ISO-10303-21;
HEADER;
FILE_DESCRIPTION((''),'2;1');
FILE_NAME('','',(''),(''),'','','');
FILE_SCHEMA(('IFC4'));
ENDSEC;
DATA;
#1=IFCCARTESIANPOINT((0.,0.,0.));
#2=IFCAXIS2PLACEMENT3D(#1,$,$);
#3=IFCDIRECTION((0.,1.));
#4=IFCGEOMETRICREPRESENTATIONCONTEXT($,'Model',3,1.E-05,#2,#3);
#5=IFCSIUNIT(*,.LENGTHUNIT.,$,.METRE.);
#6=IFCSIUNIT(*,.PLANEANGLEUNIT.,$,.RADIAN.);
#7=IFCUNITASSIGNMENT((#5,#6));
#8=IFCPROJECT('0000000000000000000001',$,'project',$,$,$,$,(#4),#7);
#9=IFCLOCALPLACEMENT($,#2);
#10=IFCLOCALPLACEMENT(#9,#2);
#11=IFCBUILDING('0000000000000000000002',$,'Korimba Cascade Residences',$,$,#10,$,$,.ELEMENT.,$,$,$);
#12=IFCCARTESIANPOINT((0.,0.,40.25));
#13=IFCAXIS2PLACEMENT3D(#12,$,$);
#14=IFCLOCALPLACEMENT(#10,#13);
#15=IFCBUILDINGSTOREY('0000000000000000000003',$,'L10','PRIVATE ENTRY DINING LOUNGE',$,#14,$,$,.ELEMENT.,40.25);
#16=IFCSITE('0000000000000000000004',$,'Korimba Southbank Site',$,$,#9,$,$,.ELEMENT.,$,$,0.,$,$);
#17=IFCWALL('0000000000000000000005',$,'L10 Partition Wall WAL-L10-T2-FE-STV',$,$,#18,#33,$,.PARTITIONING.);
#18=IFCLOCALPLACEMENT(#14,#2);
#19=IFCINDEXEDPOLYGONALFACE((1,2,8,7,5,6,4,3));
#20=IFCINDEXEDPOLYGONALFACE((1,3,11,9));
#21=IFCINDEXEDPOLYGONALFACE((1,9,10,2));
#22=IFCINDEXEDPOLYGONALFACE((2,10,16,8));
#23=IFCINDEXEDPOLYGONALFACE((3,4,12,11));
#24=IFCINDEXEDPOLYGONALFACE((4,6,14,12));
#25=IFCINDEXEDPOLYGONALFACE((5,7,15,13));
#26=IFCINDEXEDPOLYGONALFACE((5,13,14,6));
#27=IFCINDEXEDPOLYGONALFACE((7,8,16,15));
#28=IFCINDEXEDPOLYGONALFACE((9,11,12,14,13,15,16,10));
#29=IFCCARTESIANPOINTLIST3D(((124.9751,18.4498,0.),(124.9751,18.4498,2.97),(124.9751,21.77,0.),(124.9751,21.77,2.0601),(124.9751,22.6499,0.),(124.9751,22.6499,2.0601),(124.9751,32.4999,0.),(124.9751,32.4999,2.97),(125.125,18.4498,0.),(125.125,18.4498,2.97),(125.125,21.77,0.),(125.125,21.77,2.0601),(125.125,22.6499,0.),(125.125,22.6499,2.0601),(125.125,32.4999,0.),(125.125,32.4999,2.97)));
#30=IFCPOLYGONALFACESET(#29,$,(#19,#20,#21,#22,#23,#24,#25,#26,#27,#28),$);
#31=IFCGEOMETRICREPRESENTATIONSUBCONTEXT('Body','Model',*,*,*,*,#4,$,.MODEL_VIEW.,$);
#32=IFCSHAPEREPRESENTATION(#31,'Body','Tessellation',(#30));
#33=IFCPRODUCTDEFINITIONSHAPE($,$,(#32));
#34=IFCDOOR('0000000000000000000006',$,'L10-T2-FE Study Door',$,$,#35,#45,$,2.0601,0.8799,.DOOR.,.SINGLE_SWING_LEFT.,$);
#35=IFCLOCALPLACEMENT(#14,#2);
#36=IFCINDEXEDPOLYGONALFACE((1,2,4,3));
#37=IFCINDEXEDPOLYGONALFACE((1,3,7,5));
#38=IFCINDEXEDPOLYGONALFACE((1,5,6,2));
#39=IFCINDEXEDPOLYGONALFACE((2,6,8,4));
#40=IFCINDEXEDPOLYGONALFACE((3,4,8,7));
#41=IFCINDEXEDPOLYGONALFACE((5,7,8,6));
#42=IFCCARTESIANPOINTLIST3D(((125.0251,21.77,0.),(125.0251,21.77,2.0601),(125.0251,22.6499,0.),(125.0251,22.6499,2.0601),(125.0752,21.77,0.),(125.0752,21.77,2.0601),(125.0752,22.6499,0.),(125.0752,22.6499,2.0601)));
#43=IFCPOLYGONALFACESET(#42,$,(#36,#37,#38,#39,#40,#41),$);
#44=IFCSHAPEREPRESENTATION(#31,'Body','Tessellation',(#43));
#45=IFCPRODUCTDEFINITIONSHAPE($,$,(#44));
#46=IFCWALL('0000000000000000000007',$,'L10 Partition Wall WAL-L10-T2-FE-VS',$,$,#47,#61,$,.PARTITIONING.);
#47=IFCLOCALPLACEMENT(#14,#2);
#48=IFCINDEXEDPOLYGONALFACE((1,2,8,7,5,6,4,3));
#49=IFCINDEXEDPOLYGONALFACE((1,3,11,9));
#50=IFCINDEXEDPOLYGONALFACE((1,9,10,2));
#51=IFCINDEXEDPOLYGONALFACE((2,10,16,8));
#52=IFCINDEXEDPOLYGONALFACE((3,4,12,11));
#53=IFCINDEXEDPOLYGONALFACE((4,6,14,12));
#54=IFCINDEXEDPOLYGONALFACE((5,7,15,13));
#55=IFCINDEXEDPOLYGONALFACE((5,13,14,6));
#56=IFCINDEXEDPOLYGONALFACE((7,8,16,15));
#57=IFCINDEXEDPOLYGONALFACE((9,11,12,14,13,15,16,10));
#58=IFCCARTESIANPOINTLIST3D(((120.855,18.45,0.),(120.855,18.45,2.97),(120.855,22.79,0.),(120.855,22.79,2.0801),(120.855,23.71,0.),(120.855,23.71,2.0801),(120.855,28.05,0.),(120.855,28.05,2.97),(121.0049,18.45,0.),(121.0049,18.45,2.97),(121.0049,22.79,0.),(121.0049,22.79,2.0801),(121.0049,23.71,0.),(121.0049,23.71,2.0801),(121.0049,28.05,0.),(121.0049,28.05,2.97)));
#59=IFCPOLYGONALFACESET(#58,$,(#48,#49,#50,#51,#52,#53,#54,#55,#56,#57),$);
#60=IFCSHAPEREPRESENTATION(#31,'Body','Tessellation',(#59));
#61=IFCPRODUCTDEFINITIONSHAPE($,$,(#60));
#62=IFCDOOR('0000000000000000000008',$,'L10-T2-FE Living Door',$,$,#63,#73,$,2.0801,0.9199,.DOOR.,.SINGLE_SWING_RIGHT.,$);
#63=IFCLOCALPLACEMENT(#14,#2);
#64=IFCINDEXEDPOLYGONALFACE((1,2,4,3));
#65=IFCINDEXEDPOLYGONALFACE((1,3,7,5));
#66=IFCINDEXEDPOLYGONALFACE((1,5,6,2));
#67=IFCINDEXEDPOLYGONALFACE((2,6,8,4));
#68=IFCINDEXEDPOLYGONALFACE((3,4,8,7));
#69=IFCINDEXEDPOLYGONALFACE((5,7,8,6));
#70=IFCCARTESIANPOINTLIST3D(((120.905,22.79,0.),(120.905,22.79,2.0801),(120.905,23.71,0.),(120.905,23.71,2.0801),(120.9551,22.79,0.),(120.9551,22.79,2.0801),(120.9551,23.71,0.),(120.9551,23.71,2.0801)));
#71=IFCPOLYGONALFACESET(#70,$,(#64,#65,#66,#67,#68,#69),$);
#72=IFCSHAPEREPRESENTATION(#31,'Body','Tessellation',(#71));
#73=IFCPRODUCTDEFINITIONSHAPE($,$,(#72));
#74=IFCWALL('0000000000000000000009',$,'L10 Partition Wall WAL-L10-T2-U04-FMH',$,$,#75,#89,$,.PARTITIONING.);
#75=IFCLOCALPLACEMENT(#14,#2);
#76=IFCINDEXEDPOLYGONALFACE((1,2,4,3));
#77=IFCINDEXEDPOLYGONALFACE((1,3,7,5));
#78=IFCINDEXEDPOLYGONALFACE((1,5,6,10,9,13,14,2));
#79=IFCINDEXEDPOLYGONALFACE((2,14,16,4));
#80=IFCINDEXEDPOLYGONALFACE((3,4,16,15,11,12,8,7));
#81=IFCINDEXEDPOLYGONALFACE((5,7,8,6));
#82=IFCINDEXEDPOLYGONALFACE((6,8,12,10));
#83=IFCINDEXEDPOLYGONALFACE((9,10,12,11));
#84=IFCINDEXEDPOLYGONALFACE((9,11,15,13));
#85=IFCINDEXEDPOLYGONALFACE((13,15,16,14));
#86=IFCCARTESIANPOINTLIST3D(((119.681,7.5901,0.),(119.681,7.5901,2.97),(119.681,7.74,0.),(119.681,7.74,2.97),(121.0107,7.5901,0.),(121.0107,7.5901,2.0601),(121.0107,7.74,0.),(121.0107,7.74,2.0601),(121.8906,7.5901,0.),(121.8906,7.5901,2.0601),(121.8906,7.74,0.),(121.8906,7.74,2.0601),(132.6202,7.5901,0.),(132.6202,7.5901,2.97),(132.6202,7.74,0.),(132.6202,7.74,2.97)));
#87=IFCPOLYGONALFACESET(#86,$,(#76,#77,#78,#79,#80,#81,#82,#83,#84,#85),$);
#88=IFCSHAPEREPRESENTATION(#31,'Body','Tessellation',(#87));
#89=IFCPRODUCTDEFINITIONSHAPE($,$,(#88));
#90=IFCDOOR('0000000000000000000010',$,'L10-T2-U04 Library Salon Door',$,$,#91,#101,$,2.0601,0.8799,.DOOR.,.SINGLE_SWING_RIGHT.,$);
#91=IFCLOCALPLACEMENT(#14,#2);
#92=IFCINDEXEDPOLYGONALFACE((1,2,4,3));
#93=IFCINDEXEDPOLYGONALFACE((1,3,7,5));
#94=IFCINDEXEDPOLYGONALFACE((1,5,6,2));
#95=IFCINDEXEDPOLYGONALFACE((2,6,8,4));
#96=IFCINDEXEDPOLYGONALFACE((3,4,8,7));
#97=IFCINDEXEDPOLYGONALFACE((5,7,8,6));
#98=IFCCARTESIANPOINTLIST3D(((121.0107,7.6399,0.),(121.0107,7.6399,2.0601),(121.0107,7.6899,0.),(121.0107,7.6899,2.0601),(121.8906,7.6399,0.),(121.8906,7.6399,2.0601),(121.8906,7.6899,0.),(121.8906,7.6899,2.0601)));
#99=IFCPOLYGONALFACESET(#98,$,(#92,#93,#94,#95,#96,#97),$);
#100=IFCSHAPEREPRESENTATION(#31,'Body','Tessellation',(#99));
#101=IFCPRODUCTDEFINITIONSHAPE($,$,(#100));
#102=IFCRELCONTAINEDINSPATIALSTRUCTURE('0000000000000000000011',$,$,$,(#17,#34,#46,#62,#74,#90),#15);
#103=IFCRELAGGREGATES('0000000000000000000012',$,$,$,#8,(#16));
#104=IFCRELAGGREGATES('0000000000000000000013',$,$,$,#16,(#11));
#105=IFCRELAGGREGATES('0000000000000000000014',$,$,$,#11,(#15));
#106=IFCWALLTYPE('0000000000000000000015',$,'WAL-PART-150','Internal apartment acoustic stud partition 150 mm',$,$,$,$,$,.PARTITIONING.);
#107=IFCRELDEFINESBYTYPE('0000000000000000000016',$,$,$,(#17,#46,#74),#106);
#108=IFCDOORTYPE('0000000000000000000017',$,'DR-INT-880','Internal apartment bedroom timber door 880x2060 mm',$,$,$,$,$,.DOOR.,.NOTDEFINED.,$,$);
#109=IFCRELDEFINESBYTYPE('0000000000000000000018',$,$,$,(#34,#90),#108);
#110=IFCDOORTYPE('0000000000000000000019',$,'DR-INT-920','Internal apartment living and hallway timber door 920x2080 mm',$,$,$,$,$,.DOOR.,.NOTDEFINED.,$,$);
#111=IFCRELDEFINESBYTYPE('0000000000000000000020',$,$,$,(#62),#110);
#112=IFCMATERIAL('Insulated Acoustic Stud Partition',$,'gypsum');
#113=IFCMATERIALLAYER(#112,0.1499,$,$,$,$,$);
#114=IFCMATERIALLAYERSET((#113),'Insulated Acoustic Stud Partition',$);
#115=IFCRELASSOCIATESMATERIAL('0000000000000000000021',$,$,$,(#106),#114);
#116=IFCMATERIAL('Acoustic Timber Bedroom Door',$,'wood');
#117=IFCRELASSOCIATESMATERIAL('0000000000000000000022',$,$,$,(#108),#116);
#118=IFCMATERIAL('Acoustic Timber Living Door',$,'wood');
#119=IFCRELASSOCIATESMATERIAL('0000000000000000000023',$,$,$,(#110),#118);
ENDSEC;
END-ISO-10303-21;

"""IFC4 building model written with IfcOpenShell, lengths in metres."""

from ifc_helpers import new_model, si_unit, direction, frame, frame_2d, origin, place, context, subcontext, project, spatial, rectangle, extrude, material, layer, layer_set, type_object, element, fill, save


model = new_model("IFC4")

# Units and contexts
model_context = context("Model", 3, precision=1e-05, world=origin(), true_north=direction((0.0, 1.0)))
body_context = subcontext(model_context, "Body", "Model", "MODEL_VIEW")
ifc_project = project(units=[si_unit("LENGTHUNIT", "METRE"), si_unit("PLANEANGLEUNIT", "RADIAN")], contexts=[model_context])

# Site, building, storey
site_placement = place(None, origin())
site = spatial("IfcSite", under=ifc_project, at=site_placement, Name="Korimba Southbank Site", CompositionType="ELEMENT", RefElevation=0.0)
building_placement = place(site_placement, origin())
building = spatial("IfcBuilding", under=site, at=building_placement, Name="Korimba Cascade Residences", CompositionType="ELEMENT")
storey_placement = place(building_placement, frame((0.0, 0.0, 40.25)))
storey = spatial("IfcBuildingStorey", under=building, at=storey_placement, Name="L10", Description="PRIVATE ENTRY DINING LOUNGE", CompositionType="ELEMENT", Elevation=40.25)

# Walls, openings, doors
ifc_material_1 = material(Name="Insulated Acoustic Stud Partition", Category="gypsum")
ifc_layer_1 = layer(ifc_material_1, 0.1499)
ifc_layer_set_1 = layer_set([ifc_layer_1], Name="Insulated Acoustic Stud Partition")
wall_type_1 = type_object("IfcWallType", Name="WAL-PART-150", Description="Internal apartment acoustic stud partition 150 mm", PredefinedType="PARTITIONING", material=ifc_layer_set_1)
wall_1_placement = place(storey_placement, frame((125.05, 18.45, 0.0), z_axis=(0.0, 0.0, 1.0), x_axis=(0.0, 1.0, 0.0)))
wall_1 = element("IfcWall", 1, at=wall_1_placement, inside=storey, type_object=wall_type_1, Name="L10 Partition Wall WAL-L10-T2-FE-STV", PredefinedType="PARTITIONING", context=body_context, shape_type="SweptSolid", body=[
    extrude(rectangle(XDim=14.05, YDim=0.1499, at=frame_2d((7.0249, 0.0))), origin(), (0.0, 0.0, 1.0), 2.97),
])
opening_1_placement = place(wall_1_placement, frame((3.3201, 0.0, 0.0)))
opening_1 = element("IfcOpeningElement", 2, at=opening_1_placement, cuts=wall_1, PredefinedType="OPENING", context=body_context, shape_type="SweptSolid", body=[
    extrude(rectangle(XDim=0.8799, YDim=2.0601, at=frame_2d((0.4399, 1.03))), frame((0.0, 0.085, 0.0), z_axis=(0.0, -1.0, 0.0), x_axis=(1.0, 0.0, 0.0)), (0.0, 0.0, 1.0), 0.1699),
])
ifc_material_2 = material(Name="Acoustic Timber Bedroom Door", Category="wood")
door_type_1 = type_object("IfcDoorType", Name="DR-INT-880", Description="Internal apartment bedroom timber door 880x2060 mm", OperationType="NOTDEFINED", PredefinedType="DOOR", material=ifc_material_2)
door_1_placement = place(opening_1_placement, origin())
door_1 = element("IfcDoor", 3, at=door_1_placement, inside=storey, type_object=door_type_1, Name="L10-T2-FE Study Door", OperationType="SINGLE_SWING_LEFT", OverallHeight=2.0601, OverallWidth=0.8799, PredefinedType="DOOR", context=body_context, shape_type="SweptSolid", body=[
    extrude(rectangle(XDim=0.8799, YDim=2.0601, at=frame_2d((0.4399, 1.03))), frame((0.0, 0.0249, 0.0), z_axis=(0.0, -1.0, 0.0), x_axis=(1.0, 0.0, 0.0)), (0.0, 0.0, 1.0), 0.05),
])
fill(opening_1, door_1)
wall_2_placement = place(storey_placement, frame((120.9299, 18.45, 0.0), z_axis=(0.0, 0.0, 1.0), x_axis=(0.0, 1.0, 0.0)))
wall_2 = element("IfcWall", 4, at=wall_2_placement, inside=storey, type_object=wall_type_1, Name="L10 Partition Wall WAL-L10-T2-FE-VS", PredefinedType="PARTITIONING", context=body_context, shape_type="SweptSolid", body=[
    extrude(rectangle(XDim=9.6001, YDim=0.1499, at=frame_2d((4.8, 0.0))), origin(), (0.0, 0.0, 1.0), 2.97),
])
opening_2_placement = place(wall_2_placement, frame((4.3401, 0.0, 0.0)))
opening_2 = element("IfcOpeningElement", 5, at=opening_2_placement, cuts=wall_2, PredefinedType="OPENING", context=body_context, shape_type="SweptSolid", body=[
    extrude(rectangle(XDim=0.9199, YDim=2.0801, at=frame_2d((0.46, 1.04))), frame((0.0, 0.085, 0.0), z_axis=(0.0, -1.0, 0.0), x_axis=(1.0, 0.0, 0.0)), (0.0, 0.0, 1.0), 0.1699),
])
ifc_material_3 = material(Name="Acoustic Timber Living Door", Category="wood")
door_type_2 = type_object("IfcDoorType", Name="DR-INT-920", Description="Internal apartment living and hallway timber door 920x2080 mm", OperationType="NOTDEFINED", PredefinedType="DOOR", material=ifc_material_3)
door_2_placement = place(opening_2_placement, origin())
door_2 = element("IfcDoor", 6, at=door_2_placement, inside=storey, type_object=door_type_2, Name="L10-T2-FE Living Door", OperationType="SINGLE_SWING_RIGHT", OverallHeight=2.0801, OverallWidth=0.9199, PredefinedType="DOOR", context=body_context, shape_type="SweptSolid", body=[
    extrude(rectangle(XDim=0.9199, YDim=2.0801, at=frame_2d((0.46, 1.04))), frame((0.0, 0.0249, 0.0), z_axis=(0.0, -1.0, 0.0), x_axis=(1.0, 0.0, 0.0)), (0.0, 0.0, 1.0), 0.05),
])
fill(opening_2, door_2)
wall_3_placement = place(storey_placement, frame((119.6809, 7.665, 0.0), z_axis=(0.0, 0.0, 1.0), x_axis=(1.0, 0.0, 0.0)))
wall_3 = element("IfcWall", 7, at=wall_3_placement, inside=storey, type_object=wall_type_1, Name="L10 Partition Wall WAL-L10-T2-U04-FMH", PredefinedType="PARTITIONING", context=body_context, shape_type="SweptSolid", body=[
    extrude(rectangle(XDim=12.9392, YDim=0.1499, at=frame_2d((6.4697, 0.0))), origin(), (0.0, 0.0, 1.0), 2.97),
])
opening_3_placement = place(wall_3_placement, frame((1.3298, 0.0, 0.0)))
opening_3 = element("IfcOpeningElement", 8, at=opening_3_placement, cuts=wall_3, PredefinedType="OPENING", context=body_context, shape_type="SweptSolid", body=[
    extrude(rectangle(XDim=0.8799, YDim=2.0601, at=frame_2d((0.4399, 1.03))), frame((0.0, 0.085, 0.0), z_axis=(0.0, -1.0, 0.0), x_axis=(1.0, 0.0, 0.0)), (0.0, 0.0, 1.0), 0.1699),
])
door_3_placement = place(opening_3_placement, origin())
door_3 = element("IfcDoor", 9, at=door_3_placement, inside=storey, type_object=door_type_1, Name="L10-T2-U04 Library Salon Door", OperationType="SINGLE_SWING_RIGHT", OverallHeight=2.0601, OverallWidth=0.8799, PredefinedType="DOOR", context=body_context, shape_type="SweptSolid", body=[
    extrude(rectangle(XDim=0.8799, YDim=2.0601, at=frame_2d((0.4399, 1.03))), frame((0.0, 0.0249, 0.0), z_axis=(0.0, -1.0, 0.0), x_axis=(1.0, 0.0, 0.0)), (0.0, 0.0, 1.0), 0.05),
])
fill(opening_3, door_3)

save(model, "model.ifc")
